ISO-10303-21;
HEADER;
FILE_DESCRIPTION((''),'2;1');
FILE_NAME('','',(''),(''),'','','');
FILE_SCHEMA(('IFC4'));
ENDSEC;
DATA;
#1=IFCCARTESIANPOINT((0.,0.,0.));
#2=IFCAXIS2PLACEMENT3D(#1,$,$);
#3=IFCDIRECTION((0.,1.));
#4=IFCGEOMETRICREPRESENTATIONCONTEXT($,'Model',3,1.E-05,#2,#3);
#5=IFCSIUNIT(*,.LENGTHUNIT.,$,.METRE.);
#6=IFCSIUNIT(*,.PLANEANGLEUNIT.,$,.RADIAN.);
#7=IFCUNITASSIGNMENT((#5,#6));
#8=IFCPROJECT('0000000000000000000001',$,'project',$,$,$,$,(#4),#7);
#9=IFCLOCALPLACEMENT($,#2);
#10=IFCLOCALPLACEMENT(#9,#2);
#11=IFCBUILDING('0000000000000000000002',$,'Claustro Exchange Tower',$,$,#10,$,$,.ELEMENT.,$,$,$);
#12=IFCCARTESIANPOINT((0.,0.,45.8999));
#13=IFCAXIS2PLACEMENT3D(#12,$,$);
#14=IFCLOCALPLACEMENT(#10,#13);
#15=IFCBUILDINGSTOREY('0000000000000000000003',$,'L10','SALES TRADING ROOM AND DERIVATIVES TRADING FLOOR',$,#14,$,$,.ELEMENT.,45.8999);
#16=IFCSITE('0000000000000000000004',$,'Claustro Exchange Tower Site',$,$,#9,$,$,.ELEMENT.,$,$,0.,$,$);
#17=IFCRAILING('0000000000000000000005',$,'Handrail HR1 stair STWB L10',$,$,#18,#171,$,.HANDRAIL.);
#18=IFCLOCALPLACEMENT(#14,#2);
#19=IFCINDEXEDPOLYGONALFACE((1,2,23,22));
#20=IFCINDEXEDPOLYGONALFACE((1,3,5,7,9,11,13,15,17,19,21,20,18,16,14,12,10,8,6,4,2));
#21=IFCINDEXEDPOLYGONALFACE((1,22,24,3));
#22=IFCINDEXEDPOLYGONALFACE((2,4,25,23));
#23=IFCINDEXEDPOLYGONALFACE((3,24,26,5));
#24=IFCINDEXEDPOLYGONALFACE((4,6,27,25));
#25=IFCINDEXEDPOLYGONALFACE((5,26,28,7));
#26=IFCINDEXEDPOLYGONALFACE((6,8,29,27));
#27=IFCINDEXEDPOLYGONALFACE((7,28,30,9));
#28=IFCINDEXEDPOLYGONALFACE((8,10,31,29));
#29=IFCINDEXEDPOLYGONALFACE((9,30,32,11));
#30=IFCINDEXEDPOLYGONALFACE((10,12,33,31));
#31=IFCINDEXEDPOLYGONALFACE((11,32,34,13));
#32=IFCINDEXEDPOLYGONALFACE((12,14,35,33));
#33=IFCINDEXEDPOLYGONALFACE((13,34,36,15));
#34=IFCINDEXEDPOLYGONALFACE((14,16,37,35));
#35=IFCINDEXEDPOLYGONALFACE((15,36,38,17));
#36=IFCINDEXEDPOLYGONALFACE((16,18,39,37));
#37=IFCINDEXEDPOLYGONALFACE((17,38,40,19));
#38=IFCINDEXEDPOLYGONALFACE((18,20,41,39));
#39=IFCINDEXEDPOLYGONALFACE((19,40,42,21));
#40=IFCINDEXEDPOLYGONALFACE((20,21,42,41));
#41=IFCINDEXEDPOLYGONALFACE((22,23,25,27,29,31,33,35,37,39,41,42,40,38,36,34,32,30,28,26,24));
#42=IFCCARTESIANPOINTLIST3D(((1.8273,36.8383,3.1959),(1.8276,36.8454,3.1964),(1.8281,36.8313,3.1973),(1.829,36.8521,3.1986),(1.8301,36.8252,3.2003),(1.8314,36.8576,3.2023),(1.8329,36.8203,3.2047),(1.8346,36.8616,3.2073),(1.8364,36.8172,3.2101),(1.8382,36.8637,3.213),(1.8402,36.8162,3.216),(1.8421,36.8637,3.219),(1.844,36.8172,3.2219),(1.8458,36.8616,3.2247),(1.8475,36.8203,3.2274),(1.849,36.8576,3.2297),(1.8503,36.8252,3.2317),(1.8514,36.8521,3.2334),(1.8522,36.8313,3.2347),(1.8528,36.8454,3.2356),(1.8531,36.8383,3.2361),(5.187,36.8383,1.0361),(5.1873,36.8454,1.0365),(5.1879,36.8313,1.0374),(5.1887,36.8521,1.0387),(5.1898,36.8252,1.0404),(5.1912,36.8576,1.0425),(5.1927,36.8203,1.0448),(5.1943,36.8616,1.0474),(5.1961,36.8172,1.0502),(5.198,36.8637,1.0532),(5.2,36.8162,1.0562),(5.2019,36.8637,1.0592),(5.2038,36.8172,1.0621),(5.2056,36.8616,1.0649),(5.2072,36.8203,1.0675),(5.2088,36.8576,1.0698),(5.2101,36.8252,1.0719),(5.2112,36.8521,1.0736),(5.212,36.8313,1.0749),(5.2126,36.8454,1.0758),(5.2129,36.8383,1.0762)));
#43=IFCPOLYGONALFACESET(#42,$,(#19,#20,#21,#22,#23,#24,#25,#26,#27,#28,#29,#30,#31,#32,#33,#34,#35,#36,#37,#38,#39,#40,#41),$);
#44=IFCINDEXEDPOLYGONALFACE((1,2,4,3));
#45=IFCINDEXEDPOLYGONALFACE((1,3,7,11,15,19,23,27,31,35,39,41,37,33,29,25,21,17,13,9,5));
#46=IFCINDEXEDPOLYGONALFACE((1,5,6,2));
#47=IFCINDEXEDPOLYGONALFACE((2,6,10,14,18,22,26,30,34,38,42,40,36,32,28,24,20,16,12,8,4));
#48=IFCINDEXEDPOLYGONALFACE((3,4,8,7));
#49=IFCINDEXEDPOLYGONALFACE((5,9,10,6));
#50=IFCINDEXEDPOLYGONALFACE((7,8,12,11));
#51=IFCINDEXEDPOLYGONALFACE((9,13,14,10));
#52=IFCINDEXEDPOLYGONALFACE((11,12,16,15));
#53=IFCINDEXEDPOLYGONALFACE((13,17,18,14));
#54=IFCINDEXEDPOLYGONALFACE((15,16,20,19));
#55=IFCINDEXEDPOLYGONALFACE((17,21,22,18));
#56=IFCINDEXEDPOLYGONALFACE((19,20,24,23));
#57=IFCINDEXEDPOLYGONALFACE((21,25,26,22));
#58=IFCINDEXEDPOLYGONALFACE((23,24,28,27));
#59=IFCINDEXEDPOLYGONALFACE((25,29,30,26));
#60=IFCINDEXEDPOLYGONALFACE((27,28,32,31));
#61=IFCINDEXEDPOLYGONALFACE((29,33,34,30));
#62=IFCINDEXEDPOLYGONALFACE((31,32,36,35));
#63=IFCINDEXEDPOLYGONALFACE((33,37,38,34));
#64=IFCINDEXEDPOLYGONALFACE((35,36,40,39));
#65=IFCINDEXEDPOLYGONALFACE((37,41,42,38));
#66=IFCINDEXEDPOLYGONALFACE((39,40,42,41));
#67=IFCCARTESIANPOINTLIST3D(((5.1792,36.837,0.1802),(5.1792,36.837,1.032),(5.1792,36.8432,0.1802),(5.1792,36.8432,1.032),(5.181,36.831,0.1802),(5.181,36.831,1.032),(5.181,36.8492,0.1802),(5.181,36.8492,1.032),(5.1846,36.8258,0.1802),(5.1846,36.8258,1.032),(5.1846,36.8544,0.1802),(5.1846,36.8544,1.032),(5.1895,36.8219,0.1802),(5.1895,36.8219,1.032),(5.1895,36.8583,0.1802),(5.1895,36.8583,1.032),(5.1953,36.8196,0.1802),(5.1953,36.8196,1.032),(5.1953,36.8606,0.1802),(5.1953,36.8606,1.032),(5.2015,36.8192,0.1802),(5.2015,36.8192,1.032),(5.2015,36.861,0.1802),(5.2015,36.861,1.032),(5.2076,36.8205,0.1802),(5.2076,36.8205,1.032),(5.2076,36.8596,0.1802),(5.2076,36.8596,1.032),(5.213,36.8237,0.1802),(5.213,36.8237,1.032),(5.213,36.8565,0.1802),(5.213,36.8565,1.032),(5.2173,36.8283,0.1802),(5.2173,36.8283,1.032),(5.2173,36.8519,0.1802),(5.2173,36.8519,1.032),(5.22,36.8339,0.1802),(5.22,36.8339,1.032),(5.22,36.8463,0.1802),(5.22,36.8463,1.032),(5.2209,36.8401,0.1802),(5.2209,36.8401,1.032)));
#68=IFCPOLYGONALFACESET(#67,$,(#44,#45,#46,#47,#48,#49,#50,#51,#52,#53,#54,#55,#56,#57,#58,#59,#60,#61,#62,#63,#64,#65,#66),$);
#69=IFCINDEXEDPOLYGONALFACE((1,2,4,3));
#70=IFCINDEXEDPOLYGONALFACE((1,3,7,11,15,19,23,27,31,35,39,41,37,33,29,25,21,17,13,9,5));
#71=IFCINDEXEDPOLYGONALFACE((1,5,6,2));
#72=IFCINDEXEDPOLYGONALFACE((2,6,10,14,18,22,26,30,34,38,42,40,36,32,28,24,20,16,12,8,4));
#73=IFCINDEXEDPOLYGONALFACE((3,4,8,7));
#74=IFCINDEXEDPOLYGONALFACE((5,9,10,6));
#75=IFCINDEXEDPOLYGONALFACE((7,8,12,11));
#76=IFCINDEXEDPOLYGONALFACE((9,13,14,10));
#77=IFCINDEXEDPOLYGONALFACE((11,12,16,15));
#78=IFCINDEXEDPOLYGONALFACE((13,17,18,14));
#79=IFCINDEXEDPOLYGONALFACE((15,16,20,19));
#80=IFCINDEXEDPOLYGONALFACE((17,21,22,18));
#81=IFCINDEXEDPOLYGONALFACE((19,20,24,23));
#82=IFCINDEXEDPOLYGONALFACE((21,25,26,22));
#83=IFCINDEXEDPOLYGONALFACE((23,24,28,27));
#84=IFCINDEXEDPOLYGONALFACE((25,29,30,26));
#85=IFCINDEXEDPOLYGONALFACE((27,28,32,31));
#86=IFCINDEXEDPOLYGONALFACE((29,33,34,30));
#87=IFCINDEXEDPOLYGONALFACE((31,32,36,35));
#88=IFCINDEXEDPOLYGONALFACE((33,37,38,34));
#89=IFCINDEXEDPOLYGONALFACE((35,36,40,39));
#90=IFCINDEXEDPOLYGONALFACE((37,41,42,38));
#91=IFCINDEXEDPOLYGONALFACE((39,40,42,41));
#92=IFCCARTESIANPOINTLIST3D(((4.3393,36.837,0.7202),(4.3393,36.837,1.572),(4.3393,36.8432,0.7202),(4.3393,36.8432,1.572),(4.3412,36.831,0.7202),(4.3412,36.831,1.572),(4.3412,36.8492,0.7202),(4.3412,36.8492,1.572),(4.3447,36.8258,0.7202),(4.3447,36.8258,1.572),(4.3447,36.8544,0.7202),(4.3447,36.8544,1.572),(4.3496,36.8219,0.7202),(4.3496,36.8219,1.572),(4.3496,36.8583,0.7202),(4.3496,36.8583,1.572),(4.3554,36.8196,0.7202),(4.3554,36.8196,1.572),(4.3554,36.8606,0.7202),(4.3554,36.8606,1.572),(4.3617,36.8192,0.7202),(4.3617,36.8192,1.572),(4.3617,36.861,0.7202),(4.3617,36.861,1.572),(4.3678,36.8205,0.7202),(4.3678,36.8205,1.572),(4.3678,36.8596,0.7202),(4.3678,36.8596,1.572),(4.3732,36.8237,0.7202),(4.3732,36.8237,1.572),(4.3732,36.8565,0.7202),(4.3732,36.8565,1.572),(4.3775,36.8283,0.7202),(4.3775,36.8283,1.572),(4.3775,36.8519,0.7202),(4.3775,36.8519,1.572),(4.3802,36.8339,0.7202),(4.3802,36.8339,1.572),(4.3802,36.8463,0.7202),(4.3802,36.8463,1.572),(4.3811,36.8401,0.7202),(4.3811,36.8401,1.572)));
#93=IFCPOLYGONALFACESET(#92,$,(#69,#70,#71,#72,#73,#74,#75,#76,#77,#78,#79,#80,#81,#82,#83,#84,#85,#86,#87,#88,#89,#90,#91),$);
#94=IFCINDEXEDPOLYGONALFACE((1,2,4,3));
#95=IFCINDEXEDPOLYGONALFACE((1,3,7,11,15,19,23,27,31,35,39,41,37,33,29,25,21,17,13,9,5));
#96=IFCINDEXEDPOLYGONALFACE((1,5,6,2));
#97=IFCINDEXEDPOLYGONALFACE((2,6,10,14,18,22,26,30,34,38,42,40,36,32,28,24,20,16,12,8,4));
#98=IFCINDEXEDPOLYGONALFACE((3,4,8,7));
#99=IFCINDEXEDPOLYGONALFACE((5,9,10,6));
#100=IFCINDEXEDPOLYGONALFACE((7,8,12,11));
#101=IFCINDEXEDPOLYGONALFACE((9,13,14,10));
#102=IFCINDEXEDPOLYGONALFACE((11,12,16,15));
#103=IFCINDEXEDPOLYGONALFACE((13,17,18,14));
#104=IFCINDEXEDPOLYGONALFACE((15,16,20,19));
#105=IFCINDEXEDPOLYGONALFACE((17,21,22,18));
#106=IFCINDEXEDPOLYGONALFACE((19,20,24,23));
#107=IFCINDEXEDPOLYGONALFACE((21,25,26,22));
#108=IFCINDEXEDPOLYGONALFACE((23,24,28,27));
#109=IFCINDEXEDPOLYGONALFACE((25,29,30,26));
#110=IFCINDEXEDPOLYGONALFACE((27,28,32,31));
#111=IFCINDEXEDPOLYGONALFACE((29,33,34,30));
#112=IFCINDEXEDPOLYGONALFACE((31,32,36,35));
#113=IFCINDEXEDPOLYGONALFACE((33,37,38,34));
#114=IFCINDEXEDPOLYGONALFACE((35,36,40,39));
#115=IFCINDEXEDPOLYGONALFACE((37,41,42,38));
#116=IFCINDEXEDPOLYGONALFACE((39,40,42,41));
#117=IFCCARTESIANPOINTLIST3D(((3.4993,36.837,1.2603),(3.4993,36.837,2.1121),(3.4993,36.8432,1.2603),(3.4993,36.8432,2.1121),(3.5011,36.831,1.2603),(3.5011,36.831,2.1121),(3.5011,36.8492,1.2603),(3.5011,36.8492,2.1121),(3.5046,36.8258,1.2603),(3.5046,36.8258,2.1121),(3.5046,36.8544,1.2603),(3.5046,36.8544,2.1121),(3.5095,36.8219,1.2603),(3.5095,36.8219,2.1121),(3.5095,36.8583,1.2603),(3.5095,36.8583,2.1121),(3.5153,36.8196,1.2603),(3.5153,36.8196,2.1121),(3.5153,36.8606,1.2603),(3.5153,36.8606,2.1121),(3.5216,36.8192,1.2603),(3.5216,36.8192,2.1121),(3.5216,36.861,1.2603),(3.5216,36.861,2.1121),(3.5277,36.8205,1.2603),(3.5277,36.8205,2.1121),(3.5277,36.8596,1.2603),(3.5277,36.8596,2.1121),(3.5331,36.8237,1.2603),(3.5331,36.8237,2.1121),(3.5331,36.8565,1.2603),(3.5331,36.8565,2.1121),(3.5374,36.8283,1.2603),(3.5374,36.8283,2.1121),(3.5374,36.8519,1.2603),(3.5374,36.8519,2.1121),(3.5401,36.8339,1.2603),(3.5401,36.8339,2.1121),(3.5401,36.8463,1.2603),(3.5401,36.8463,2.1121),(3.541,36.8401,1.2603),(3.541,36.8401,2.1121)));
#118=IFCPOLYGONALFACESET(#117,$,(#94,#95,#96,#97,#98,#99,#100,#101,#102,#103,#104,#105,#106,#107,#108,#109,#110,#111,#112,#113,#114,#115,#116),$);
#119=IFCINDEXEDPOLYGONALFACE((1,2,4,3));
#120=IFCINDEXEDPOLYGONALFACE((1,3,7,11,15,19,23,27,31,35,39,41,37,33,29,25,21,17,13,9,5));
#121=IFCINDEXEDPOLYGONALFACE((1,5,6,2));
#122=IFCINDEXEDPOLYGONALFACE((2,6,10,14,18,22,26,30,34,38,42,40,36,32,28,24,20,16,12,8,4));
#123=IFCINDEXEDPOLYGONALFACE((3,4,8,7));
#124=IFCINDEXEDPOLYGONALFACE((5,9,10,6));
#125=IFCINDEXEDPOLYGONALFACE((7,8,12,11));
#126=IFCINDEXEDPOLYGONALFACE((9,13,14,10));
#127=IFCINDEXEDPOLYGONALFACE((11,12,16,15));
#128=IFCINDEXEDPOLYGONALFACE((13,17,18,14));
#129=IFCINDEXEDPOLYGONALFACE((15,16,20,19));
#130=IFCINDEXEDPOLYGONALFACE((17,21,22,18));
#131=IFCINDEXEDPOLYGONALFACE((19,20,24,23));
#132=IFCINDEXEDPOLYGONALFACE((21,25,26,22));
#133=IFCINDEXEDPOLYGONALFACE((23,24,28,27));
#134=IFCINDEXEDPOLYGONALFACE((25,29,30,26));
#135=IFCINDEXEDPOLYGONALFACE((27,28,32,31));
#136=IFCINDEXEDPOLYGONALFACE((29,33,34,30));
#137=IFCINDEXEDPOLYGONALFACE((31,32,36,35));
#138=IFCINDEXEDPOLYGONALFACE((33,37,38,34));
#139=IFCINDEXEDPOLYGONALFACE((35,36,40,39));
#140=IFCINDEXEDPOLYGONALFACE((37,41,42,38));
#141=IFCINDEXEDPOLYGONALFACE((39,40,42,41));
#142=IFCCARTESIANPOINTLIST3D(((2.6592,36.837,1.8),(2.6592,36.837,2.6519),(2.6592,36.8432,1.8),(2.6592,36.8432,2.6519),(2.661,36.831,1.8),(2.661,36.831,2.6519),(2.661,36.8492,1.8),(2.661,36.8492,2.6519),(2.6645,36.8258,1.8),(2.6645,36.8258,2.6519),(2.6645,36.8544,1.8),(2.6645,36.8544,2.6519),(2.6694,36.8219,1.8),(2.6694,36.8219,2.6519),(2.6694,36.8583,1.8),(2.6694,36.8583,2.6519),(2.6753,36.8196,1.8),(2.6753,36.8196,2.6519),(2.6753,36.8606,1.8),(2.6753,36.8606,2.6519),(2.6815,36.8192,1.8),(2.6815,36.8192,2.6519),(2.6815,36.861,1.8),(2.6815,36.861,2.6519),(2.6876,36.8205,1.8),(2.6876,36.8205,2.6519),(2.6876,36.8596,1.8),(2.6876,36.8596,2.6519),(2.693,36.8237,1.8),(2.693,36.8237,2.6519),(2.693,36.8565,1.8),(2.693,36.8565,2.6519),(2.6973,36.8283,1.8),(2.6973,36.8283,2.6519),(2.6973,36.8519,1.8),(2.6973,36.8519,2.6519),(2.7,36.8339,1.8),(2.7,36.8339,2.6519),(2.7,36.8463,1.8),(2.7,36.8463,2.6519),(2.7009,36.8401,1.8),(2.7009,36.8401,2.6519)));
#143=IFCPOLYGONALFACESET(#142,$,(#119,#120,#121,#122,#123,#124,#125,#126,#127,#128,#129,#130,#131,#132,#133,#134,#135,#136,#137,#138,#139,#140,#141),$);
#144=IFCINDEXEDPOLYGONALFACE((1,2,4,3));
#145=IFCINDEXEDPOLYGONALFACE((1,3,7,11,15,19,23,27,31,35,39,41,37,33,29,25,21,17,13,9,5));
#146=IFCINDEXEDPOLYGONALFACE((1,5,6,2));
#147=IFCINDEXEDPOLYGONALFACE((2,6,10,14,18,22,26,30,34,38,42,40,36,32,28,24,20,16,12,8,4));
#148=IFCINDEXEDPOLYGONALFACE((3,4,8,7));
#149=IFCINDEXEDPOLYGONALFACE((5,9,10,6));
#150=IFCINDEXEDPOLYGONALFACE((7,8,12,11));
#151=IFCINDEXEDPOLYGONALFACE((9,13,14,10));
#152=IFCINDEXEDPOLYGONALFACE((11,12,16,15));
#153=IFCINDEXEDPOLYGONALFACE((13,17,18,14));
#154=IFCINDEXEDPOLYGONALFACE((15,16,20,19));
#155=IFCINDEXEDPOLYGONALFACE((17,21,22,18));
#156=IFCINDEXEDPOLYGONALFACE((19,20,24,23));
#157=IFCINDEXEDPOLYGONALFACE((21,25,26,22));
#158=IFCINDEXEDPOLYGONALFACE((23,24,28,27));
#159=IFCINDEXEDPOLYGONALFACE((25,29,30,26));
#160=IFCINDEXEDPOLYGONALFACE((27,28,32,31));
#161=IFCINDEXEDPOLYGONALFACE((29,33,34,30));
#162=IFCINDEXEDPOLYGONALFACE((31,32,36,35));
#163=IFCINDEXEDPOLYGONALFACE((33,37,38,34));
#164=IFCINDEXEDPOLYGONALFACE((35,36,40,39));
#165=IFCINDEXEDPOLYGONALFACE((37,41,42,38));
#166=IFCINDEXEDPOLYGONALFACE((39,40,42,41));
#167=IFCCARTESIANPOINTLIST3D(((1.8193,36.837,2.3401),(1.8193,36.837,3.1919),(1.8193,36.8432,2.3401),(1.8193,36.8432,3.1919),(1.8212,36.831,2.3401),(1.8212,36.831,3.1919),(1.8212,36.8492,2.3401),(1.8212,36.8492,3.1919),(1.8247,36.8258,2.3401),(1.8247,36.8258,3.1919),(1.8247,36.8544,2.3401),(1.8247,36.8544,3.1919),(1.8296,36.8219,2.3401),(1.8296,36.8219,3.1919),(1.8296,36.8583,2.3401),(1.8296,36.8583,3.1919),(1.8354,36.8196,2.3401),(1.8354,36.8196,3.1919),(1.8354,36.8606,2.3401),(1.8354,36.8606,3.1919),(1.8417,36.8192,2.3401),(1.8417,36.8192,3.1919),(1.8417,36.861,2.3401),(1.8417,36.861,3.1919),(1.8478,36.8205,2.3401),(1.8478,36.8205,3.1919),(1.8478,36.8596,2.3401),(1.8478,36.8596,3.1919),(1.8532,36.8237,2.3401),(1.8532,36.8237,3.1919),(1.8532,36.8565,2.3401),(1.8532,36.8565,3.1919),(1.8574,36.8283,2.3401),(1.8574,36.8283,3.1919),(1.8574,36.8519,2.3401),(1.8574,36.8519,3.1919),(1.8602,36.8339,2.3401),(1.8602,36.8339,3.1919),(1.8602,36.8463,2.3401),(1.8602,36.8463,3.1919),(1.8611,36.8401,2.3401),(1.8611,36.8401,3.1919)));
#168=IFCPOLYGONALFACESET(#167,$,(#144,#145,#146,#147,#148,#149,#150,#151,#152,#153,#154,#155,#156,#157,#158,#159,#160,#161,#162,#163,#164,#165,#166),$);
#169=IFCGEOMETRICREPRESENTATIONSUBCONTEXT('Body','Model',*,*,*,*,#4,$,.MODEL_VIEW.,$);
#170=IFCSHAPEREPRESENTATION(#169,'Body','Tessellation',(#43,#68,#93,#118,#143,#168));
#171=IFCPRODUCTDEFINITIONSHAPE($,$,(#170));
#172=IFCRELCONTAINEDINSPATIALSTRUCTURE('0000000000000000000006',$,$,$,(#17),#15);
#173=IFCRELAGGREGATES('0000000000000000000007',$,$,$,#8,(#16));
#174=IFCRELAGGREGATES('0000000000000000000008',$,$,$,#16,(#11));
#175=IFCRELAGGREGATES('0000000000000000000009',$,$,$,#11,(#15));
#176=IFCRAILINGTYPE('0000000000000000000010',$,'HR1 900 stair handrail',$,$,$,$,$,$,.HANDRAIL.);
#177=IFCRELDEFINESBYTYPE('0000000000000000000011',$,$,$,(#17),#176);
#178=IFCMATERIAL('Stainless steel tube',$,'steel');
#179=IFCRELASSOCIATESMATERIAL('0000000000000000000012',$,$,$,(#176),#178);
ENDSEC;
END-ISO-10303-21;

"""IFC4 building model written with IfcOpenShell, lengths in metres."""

from ifc_helpers import new_model, si_unit, direction, frame, origin, origin_2d, place, context, subcontext, project, spatial, circle, extrude, material, type_object, element, save


model = new_model("IFC4")

# Units and contexts
model_context = context("Model", 3, precision=1e-05, world=origin(), true_north=direction((0.0, 1.0)))
body_context = subcontext(model_context, "Body", "Model", "MODEL_VIEW")
ifc_project = project(units=[si_unit("LENGTHUNIT", "METRE"), si_unit("PLANEANGLEUNIT", "RADIAN")], contexts=[model_context])

# Site, building, storey
site_placement = place(None, origin())
site = spatial("IfcSite", under=ifc_project, at=site_placement, Name="Claustro Exchange Tower Site", CompositionType="ELEMENT", RefElevation=0.0)
building_placement = place(site_placement, origin())
building = spatial("IfcBuilding", under=site, at=building_placement, Name="Claustro Exchange Tower", CompositionType="ELEMENT")
storey_placement = place(building_placement, frame((0.0, 0.0, 45.8999)))
storey = spatial("IfcBuildingStorey", under=building, at=storey_placement, Name="L10", Description="SALES TRADING ROOM AND DERIVATIVES TRADING FLOOR", CompositionType="ELEMENT", Elevation=45.8999)

# Railing
ifc_material_1 = material(Name="Stainless steel tube", Category="steel")
railing_type_1 = type_object("IfcRailingType", Name="HR1 900 stair handrail", PredefinedType="HANDRAIL", material=ifc_material_1)
railing_1_placement = place(storey_placement, frame((5.2, 36.8401, 0.1802)))
element("IfcRailing", 1, at=railing_1_placement, inside=storey, type_object=railing_type_1, Name="Handrail HR1 stair STWB L10", PredefinedType="HANDRAIL", context=body_context, shape_type="SweptSolid", body=[
    extrude(circle(Radius=0.0239, at=origin_2d()), frame((0.0, 0.0, 0.876), z_axis=(-0.841178, 0.0, 0.540758), x_axis=(0.0, -1.0, 0.0)), (0.0, 0.0, 1.0), 3.9941),
    extrude(circle(Radius=0.021, at=origin_2d()), origin(), (0.0, 0.0, 1.0), 0.8518),
    extrude(circle(Radius=0.021, at=origin_2d()), frame((-0.8398, 0.0, 0.54)), (0.0, 0.0, 1.0), 0.8518),
    extrude(circle(Radius=0.021, at=origin_2d()), frame((-1.6799, 0.0, 1.0801)), (0.0, 0.0, 1.0), 0.8518),
    extrude(circle(Radius=0.021, at=origin_2d()), frame((-2.52, 0.0, 1.6199)), (0.0, 0.0, 1.0), 0.8518),
    extrude(circle(Radius=0.021, at=origin_2d()), frame((-3.3599, 0.0, 2.1599)), (0.0, 0.0, 1.0), 0.8518),
])

save(model, "model.ifc")
